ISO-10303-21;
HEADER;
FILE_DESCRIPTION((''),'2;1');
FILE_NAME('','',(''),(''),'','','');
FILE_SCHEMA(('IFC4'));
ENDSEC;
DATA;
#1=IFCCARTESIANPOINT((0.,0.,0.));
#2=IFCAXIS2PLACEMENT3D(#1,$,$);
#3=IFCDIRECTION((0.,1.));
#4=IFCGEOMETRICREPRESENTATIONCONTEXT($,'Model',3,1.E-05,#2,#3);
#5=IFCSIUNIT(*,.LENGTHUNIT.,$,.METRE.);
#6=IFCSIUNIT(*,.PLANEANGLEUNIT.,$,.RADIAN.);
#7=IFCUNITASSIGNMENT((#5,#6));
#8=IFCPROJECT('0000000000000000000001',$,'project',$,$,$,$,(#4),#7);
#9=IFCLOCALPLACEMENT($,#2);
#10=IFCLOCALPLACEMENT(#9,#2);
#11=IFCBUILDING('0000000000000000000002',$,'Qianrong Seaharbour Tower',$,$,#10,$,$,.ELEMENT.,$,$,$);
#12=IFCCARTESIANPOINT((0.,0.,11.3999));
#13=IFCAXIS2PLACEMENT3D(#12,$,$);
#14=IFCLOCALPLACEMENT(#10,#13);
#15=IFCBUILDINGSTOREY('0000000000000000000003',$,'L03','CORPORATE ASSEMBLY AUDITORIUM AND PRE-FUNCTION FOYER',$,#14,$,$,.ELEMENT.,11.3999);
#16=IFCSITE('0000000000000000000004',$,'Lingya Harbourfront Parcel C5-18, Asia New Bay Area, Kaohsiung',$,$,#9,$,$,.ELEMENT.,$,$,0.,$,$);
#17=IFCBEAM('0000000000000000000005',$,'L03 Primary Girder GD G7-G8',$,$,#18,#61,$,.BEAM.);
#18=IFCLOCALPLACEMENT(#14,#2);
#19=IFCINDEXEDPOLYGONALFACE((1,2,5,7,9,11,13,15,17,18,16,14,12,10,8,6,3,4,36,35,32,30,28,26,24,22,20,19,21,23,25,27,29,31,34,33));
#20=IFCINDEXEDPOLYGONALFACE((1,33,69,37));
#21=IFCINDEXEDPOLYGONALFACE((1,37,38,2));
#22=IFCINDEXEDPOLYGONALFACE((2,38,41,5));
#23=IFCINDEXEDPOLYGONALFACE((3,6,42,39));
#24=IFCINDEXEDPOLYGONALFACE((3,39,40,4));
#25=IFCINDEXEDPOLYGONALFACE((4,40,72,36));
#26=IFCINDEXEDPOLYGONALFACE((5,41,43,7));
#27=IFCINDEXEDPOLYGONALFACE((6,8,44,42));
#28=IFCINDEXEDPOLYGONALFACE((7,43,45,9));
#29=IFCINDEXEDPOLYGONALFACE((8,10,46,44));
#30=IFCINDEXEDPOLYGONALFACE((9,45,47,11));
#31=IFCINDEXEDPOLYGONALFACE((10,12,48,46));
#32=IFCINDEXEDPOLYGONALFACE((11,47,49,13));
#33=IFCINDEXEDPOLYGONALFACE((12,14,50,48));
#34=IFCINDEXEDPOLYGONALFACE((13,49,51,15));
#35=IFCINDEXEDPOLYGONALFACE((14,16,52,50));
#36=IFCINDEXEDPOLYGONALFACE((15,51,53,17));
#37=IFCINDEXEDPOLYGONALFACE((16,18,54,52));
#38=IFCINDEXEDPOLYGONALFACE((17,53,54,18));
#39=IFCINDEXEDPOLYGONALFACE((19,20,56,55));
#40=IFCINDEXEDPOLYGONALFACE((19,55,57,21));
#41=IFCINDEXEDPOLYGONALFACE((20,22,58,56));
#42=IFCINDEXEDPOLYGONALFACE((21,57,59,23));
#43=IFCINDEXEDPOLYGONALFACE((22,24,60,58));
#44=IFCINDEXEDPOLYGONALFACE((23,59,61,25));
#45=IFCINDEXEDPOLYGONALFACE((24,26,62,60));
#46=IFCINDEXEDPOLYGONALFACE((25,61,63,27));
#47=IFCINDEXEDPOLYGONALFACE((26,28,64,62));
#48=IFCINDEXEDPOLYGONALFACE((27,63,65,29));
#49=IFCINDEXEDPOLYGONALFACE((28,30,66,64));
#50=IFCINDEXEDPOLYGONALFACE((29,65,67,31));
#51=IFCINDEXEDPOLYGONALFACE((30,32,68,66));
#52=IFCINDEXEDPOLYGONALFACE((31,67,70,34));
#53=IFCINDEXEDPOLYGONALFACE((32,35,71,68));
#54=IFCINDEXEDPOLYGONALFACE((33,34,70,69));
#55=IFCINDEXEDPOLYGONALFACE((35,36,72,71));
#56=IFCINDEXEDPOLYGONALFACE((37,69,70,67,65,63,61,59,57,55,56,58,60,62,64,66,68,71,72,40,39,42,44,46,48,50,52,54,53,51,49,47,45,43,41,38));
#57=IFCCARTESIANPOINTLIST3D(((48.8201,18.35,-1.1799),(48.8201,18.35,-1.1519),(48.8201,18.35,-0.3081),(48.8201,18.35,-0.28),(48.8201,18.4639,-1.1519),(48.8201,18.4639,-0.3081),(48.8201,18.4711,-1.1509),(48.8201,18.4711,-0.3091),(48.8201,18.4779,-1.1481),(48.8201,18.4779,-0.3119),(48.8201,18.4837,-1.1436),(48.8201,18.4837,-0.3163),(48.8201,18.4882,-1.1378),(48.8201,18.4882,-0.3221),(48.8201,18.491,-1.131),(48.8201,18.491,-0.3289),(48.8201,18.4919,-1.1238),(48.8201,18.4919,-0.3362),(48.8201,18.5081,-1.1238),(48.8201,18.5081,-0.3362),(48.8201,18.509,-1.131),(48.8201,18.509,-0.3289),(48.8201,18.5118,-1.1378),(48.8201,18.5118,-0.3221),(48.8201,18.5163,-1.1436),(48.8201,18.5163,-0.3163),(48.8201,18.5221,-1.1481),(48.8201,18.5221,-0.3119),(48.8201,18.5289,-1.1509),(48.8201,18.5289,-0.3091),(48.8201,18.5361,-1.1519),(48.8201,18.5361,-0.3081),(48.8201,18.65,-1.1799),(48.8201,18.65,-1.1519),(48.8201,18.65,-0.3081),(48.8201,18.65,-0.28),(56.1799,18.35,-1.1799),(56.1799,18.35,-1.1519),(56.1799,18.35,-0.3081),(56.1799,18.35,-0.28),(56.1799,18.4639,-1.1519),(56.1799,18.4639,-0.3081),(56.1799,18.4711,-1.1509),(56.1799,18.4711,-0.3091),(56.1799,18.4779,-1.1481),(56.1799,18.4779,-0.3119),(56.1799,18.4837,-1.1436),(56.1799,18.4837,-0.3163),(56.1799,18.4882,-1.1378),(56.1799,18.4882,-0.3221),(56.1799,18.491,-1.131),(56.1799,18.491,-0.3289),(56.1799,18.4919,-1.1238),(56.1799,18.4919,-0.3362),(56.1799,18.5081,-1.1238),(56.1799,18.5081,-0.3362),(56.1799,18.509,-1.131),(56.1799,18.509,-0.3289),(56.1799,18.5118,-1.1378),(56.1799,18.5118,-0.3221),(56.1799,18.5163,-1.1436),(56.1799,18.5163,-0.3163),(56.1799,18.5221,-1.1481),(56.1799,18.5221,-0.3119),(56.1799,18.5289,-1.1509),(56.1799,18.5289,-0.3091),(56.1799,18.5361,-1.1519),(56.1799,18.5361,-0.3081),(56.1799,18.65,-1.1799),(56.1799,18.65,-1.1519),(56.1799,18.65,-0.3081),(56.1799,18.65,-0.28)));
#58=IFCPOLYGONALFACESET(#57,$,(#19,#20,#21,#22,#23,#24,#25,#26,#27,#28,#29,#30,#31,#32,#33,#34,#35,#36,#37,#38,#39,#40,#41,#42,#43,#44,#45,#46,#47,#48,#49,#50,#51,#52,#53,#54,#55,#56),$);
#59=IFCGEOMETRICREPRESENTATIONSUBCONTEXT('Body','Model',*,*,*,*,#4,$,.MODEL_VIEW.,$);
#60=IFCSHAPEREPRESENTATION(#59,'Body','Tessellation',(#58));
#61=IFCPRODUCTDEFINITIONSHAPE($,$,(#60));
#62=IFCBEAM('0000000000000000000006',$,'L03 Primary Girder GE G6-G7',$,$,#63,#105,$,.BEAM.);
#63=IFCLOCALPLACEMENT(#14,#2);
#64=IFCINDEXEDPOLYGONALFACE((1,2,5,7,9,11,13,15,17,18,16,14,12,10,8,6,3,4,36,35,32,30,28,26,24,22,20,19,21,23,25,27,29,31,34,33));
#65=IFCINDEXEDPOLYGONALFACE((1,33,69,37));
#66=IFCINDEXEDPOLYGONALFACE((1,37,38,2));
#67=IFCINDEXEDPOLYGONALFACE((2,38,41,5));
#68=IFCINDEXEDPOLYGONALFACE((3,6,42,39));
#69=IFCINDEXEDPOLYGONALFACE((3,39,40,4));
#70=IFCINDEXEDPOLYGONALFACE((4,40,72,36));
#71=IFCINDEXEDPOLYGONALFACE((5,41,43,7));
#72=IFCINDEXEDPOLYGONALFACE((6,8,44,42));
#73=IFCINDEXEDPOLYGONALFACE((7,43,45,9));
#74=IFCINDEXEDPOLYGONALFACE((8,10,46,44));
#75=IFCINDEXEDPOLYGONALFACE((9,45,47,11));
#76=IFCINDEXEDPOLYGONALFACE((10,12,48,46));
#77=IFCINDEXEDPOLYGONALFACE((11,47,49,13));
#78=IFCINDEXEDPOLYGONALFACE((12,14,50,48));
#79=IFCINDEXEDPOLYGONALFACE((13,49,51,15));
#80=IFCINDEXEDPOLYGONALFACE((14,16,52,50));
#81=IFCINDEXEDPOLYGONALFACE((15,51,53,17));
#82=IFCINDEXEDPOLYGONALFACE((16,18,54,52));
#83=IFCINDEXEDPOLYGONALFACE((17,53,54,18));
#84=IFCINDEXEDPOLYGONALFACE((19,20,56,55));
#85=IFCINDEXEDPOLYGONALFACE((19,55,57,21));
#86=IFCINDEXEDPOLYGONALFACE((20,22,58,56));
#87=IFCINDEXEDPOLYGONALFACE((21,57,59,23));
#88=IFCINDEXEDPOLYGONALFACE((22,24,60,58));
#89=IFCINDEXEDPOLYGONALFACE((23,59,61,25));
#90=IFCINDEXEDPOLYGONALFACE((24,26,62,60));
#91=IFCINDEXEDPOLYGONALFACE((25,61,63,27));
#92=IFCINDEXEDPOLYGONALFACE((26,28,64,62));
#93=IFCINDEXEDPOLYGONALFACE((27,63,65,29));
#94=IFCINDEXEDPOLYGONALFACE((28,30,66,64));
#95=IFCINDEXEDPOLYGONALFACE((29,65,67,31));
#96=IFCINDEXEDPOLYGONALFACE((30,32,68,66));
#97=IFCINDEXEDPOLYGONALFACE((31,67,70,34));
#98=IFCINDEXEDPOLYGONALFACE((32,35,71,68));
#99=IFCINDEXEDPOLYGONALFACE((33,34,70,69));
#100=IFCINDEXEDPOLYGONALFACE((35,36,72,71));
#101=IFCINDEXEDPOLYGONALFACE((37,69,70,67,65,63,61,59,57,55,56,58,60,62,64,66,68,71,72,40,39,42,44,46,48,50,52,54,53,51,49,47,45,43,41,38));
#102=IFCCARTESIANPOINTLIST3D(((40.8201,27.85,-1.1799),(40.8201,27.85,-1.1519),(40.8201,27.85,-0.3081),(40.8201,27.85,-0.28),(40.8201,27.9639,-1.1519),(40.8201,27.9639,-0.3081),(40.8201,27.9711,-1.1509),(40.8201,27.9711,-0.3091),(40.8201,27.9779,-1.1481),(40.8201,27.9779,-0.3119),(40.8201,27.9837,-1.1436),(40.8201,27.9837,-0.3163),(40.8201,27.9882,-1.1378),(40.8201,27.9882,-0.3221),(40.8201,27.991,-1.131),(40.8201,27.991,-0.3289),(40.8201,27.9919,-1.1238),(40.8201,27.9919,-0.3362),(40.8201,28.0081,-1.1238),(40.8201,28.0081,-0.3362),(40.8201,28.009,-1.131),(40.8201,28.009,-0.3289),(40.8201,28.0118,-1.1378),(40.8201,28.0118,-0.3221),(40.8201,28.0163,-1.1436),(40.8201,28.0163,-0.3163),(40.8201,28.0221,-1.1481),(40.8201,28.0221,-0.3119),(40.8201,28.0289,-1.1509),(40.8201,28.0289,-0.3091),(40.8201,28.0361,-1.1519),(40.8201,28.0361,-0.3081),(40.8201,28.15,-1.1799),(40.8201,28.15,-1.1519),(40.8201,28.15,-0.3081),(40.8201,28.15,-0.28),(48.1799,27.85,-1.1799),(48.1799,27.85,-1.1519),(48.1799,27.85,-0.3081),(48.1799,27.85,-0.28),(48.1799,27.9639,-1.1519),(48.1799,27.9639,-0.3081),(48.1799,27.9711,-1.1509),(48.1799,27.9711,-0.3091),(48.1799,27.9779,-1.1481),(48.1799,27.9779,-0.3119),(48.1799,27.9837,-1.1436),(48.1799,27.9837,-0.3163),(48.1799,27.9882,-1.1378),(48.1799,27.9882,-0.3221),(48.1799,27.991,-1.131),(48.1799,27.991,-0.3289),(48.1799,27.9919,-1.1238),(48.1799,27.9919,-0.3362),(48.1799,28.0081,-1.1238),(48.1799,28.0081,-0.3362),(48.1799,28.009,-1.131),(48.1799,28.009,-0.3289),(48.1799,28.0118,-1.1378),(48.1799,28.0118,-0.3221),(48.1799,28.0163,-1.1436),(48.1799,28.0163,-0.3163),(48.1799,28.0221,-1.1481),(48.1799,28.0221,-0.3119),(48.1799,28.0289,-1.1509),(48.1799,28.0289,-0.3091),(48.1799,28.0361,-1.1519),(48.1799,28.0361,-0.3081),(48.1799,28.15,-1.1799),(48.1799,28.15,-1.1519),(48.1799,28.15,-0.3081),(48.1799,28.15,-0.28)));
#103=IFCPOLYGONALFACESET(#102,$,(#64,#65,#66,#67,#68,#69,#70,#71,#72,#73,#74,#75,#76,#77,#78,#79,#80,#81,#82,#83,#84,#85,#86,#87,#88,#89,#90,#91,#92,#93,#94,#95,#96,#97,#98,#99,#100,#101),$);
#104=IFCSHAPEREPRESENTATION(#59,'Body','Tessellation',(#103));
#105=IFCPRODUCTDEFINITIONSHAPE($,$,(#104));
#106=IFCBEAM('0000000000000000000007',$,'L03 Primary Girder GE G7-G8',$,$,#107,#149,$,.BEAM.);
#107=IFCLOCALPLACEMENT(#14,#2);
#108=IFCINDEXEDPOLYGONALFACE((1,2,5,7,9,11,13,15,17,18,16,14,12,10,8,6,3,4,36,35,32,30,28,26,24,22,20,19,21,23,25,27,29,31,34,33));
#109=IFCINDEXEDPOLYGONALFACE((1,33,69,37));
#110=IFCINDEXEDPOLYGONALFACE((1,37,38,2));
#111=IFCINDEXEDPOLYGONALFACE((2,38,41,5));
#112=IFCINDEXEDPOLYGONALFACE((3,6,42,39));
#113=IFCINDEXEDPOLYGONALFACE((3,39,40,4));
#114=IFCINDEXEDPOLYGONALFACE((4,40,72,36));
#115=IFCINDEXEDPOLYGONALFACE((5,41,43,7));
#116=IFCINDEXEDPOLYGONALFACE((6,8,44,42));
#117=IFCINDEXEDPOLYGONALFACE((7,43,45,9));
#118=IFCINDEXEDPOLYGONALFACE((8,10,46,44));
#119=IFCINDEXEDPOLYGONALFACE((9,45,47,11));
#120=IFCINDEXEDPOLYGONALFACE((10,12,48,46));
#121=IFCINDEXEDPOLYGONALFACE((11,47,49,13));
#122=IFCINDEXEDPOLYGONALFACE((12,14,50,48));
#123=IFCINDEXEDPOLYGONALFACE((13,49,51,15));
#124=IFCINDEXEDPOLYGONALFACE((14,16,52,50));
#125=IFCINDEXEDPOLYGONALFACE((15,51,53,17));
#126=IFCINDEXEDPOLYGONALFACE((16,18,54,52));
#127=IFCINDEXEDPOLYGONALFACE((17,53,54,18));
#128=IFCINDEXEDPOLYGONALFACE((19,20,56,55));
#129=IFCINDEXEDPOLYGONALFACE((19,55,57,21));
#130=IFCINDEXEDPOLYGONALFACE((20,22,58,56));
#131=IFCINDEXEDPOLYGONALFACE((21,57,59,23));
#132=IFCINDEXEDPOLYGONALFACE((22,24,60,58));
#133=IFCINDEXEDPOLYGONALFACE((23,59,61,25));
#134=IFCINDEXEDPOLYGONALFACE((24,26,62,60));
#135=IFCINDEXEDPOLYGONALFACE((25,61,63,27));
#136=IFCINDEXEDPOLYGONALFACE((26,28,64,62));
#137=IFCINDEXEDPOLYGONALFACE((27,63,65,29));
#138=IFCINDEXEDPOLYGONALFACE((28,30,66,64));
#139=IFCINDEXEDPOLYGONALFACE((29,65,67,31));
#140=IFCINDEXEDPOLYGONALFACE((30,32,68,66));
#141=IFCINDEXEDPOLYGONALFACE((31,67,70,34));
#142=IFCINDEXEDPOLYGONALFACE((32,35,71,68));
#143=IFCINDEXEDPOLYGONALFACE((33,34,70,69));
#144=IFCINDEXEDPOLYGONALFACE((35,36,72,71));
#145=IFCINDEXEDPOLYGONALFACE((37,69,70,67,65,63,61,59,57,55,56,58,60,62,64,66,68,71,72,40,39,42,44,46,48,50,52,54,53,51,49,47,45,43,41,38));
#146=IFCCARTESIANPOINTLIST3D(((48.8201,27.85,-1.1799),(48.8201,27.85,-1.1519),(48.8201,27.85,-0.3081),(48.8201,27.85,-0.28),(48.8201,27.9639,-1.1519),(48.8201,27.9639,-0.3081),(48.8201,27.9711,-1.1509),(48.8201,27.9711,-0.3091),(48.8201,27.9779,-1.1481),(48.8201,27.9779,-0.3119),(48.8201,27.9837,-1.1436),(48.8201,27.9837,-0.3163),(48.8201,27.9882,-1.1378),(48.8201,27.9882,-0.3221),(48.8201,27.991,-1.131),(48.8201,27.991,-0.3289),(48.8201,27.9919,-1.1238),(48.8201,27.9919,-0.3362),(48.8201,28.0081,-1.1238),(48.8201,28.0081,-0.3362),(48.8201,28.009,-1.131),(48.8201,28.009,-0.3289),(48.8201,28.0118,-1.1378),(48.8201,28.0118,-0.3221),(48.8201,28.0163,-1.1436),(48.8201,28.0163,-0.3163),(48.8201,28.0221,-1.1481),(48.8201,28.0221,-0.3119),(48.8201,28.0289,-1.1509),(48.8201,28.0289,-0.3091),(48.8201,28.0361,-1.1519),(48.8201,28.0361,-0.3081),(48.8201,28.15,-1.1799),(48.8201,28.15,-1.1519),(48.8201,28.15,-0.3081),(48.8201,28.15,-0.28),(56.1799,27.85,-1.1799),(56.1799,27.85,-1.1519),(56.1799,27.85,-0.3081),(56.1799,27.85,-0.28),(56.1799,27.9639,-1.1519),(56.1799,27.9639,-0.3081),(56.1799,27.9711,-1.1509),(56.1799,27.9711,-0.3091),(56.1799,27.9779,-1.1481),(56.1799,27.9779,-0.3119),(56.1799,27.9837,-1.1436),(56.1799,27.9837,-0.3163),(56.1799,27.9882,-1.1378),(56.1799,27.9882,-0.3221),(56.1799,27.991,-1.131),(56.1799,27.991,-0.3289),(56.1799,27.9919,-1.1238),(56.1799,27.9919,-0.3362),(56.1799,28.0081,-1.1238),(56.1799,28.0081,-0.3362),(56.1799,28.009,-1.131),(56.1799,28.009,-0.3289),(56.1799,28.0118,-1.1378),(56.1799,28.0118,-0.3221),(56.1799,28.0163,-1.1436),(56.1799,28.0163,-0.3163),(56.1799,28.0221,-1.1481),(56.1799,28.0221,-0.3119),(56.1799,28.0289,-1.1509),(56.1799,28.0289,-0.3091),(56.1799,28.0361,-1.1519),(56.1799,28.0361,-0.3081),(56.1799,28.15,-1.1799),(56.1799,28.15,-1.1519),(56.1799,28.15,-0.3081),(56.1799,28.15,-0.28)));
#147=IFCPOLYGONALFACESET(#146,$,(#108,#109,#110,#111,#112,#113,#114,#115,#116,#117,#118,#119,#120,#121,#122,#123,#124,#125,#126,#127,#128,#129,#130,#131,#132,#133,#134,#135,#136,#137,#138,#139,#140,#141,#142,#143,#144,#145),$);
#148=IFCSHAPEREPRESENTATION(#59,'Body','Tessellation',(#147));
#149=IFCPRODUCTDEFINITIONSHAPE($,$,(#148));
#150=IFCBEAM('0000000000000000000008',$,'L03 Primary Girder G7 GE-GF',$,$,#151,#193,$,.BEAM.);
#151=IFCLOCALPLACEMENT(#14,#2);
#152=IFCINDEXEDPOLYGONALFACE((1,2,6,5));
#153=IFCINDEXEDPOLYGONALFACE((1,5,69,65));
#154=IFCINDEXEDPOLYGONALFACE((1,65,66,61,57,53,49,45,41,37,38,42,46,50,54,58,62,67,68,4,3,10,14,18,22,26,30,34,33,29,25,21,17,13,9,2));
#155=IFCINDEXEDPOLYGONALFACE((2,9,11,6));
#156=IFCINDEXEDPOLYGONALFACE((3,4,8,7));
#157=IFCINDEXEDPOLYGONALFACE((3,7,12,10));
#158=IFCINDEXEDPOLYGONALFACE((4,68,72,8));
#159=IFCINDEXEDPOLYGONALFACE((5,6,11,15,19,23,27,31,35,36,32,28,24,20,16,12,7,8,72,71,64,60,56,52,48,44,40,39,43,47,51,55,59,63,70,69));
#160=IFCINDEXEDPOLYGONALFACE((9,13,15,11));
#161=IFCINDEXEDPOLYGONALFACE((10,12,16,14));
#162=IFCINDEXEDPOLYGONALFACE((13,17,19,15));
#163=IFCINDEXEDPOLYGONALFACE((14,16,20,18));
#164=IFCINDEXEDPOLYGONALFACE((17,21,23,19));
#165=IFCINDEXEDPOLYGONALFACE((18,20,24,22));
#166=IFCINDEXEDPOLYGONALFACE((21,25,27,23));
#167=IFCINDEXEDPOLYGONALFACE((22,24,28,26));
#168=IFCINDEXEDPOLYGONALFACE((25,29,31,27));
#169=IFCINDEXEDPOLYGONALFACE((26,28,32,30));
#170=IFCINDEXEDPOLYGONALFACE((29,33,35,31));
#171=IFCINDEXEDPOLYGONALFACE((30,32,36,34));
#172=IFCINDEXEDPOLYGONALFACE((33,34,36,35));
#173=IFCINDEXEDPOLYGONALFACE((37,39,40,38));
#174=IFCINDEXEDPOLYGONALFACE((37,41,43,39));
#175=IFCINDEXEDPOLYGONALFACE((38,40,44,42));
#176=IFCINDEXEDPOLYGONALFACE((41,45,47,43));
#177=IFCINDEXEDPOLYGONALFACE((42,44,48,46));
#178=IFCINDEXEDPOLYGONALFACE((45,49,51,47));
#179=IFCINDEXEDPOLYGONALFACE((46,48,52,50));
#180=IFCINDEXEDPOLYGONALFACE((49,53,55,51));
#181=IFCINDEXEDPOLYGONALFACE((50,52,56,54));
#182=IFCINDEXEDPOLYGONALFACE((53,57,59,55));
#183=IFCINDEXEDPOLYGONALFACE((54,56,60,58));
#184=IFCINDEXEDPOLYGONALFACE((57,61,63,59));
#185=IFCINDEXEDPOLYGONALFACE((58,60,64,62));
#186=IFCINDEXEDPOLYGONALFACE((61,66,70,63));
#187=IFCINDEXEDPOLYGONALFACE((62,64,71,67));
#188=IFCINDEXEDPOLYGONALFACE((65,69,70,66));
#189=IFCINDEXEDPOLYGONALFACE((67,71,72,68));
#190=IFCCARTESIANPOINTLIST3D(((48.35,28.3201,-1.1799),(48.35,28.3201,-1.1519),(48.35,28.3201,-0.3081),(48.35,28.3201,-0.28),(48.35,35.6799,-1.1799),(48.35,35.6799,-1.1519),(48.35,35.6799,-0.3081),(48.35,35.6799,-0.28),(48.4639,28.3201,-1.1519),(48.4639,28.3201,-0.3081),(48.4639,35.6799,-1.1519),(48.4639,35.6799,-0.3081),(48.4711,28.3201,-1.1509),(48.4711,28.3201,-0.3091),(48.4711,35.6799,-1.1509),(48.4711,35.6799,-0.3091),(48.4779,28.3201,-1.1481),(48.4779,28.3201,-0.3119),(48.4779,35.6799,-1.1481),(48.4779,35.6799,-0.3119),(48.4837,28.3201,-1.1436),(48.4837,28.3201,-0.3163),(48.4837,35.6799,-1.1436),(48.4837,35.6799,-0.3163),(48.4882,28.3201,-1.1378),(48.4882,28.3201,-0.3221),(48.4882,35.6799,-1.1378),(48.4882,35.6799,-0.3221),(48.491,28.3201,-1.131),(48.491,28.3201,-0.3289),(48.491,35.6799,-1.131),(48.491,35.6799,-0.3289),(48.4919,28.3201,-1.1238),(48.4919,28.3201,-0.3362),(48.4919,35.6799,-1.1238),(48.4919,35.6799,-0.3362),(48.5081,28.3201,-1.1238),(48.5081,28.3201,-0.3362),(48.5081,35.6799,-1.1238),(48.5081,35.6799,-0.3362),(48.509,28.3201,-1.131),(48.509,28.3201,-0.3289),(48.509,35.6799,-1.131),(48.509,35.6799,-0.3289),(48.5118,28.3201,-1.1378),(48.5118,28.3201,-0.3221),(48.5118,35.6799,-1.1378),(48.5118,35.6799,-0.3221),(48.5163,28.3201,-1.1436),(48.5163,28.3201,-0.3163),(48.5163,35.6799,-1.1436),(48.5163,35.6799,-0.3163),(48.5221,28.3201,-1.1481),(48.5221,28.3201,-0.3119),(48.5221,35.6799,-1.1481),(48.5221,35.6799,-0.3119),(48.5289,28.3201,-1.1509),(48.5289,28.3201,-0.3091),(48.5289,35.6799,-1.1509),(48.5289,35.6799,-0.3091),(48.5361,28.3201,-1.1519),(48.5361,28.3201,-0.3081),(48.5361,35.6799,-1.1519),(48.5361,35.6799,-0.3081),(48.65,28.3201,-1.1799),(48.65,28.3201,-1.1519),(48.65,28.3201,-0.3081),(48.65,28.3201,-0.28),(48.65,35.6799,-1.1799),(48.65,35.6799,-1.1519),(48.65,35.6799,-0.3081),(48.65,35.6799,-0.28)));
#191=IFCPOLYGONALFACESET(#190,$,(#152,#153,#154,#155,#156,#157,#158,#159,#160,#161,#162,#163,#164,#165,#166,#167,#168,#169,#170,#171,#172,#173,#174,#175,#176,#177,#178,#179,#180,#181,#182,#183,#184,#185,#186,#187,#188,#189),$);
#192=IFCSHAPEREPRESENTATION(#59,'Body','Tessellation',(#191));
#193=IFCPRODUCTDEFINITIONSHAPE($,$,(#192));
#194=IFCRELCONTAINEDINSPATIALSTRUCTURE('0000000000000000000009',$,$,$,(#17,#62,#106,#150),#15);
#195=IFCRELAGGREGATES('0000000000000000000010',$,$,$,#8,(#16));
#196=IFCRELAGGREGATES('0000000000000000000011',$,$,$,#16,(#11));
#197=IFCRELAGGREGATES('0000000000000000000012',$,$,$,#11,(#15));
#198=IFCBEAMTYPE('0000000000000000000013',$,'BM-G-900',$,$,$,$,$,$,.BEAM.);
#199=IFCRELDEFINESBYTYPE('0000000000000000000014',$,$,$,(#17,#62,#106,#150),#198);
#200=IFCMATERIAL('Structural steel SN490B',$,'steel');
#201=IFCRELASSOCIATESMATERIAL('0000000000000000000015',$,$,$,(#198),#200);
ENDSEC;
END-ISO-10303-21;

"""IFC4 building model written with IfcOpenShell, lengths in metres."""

from ifc_helpers import new_model, si_unit, direction, frame, origin, origin_2d, place, context, subcontext, project, spatial, i_section, extrude, material, material_profile, profile_set, type_object, element, save


model = new_model("IFC4")

# Units and contexts
model_context = context("Model", 3, precision=1e-05, world=origin(), true_north=direction((0.0, 1.0)))
body_context = subcontext(model_context, "Body", "Model", "MODEL_VIEW")
ifc_project = project(units=[si_unit("LENGTHUNIT", "METRE"), si_unit("PLANEANGLEUNIT", "RADIAN")], contexts=[model_context])

# Site, building, storey
site_placement = place(None, origin())
site = spatial("IfcSite", under=ifc_project, at=site_placement, Name="Lingya Harbourfront Parcel C5-18, Asia New Bay Area, Kaohsiung", CompositionType="ELEMENT", RefElevation=0.0)
building_placement = place(site_placement, origin())
building = spatial("IfcBuilding", under=site, at=building_placement, Name="Qianrong Seaharbour Tower", CompositionType="ELEMENT")
storey_placement = place(building_placement, frame((0.0, 0.0, 11.3999)))
storey = spatial("IfcBuildingStorey", under=building, at=storey_placement, Name="L03", Description="CORPORATE ASSEMBLY AUDITORIUM AND PRE-FUNCTION FOYER", CompositionType="ELEMENT", Elevation=11.3999)

# Beams
ifc_material_1 = material(Name="Structural steel SN490B", Category="steel")
ifc_material_profile_1 = material_profile(ifc_material_1, i_section(OverallWidth=0.3, OverallDepth=0.8999, WebThickness=0.0161, FlangeThickness=0.0281, FilletRadius=0.0281, at=origin_2d()), Name="H900x300x16x28")
ifc_profile_set_1 = profile_set([ifc_material_profile_1], Name="Structural steel SN490B")
beam_type_1 = type_object("IfcBeamType", Name="BM-G-900", PredefinedType="BEAM", material=ifc_profile_set_1)
for number, where, z_axis, x_axis, name in (
    (1, (48.8201, 18.5, -0.73), (1.0, 0.0, 0.0), (0.0, 1.0, 0.0), "L03 Primary Girder GD G7-G8"),
    (2, (40.8201, 28.0, -0.73), (1.0, 0.0, 0.0), (0.0, 1.0, 0.0), "L03 Primary Girder GE G6-G7"),
    (3, (48.8201, 28.0, -0.73), (1.0, 0.0, 0.0), (0.0, 1.0, 0.0), "L03 Primary Girder GE G7-G8"),
    (4, (48.5, 28.3201, -0.73), (0.0, 1.0, 0.0), (-1.0, 0.0, 0.0), "L03 Primary Girder G7 GE-GF"),
):
    element("IfcBeam", number, at=place(storey_placement, frame(where, z_axis=z_axis, x_axis=x_axis)), inside=storey, type_object=beam_type_1, Name=name, PredefinedType="BEAM", context=body_context, shape_type="SweptSolid", body=[
        extrude(i_section(OverallWidth=0.3, OverallDepth=0.8999, WebThickness=0.0161, FlangeThickness=0.0281, FilletRadius=0.0281, at=origin_2d()), origin(), (0.0, 0.0, 1.0), 7.3599),
    ])

save(model, "model.ifc")
